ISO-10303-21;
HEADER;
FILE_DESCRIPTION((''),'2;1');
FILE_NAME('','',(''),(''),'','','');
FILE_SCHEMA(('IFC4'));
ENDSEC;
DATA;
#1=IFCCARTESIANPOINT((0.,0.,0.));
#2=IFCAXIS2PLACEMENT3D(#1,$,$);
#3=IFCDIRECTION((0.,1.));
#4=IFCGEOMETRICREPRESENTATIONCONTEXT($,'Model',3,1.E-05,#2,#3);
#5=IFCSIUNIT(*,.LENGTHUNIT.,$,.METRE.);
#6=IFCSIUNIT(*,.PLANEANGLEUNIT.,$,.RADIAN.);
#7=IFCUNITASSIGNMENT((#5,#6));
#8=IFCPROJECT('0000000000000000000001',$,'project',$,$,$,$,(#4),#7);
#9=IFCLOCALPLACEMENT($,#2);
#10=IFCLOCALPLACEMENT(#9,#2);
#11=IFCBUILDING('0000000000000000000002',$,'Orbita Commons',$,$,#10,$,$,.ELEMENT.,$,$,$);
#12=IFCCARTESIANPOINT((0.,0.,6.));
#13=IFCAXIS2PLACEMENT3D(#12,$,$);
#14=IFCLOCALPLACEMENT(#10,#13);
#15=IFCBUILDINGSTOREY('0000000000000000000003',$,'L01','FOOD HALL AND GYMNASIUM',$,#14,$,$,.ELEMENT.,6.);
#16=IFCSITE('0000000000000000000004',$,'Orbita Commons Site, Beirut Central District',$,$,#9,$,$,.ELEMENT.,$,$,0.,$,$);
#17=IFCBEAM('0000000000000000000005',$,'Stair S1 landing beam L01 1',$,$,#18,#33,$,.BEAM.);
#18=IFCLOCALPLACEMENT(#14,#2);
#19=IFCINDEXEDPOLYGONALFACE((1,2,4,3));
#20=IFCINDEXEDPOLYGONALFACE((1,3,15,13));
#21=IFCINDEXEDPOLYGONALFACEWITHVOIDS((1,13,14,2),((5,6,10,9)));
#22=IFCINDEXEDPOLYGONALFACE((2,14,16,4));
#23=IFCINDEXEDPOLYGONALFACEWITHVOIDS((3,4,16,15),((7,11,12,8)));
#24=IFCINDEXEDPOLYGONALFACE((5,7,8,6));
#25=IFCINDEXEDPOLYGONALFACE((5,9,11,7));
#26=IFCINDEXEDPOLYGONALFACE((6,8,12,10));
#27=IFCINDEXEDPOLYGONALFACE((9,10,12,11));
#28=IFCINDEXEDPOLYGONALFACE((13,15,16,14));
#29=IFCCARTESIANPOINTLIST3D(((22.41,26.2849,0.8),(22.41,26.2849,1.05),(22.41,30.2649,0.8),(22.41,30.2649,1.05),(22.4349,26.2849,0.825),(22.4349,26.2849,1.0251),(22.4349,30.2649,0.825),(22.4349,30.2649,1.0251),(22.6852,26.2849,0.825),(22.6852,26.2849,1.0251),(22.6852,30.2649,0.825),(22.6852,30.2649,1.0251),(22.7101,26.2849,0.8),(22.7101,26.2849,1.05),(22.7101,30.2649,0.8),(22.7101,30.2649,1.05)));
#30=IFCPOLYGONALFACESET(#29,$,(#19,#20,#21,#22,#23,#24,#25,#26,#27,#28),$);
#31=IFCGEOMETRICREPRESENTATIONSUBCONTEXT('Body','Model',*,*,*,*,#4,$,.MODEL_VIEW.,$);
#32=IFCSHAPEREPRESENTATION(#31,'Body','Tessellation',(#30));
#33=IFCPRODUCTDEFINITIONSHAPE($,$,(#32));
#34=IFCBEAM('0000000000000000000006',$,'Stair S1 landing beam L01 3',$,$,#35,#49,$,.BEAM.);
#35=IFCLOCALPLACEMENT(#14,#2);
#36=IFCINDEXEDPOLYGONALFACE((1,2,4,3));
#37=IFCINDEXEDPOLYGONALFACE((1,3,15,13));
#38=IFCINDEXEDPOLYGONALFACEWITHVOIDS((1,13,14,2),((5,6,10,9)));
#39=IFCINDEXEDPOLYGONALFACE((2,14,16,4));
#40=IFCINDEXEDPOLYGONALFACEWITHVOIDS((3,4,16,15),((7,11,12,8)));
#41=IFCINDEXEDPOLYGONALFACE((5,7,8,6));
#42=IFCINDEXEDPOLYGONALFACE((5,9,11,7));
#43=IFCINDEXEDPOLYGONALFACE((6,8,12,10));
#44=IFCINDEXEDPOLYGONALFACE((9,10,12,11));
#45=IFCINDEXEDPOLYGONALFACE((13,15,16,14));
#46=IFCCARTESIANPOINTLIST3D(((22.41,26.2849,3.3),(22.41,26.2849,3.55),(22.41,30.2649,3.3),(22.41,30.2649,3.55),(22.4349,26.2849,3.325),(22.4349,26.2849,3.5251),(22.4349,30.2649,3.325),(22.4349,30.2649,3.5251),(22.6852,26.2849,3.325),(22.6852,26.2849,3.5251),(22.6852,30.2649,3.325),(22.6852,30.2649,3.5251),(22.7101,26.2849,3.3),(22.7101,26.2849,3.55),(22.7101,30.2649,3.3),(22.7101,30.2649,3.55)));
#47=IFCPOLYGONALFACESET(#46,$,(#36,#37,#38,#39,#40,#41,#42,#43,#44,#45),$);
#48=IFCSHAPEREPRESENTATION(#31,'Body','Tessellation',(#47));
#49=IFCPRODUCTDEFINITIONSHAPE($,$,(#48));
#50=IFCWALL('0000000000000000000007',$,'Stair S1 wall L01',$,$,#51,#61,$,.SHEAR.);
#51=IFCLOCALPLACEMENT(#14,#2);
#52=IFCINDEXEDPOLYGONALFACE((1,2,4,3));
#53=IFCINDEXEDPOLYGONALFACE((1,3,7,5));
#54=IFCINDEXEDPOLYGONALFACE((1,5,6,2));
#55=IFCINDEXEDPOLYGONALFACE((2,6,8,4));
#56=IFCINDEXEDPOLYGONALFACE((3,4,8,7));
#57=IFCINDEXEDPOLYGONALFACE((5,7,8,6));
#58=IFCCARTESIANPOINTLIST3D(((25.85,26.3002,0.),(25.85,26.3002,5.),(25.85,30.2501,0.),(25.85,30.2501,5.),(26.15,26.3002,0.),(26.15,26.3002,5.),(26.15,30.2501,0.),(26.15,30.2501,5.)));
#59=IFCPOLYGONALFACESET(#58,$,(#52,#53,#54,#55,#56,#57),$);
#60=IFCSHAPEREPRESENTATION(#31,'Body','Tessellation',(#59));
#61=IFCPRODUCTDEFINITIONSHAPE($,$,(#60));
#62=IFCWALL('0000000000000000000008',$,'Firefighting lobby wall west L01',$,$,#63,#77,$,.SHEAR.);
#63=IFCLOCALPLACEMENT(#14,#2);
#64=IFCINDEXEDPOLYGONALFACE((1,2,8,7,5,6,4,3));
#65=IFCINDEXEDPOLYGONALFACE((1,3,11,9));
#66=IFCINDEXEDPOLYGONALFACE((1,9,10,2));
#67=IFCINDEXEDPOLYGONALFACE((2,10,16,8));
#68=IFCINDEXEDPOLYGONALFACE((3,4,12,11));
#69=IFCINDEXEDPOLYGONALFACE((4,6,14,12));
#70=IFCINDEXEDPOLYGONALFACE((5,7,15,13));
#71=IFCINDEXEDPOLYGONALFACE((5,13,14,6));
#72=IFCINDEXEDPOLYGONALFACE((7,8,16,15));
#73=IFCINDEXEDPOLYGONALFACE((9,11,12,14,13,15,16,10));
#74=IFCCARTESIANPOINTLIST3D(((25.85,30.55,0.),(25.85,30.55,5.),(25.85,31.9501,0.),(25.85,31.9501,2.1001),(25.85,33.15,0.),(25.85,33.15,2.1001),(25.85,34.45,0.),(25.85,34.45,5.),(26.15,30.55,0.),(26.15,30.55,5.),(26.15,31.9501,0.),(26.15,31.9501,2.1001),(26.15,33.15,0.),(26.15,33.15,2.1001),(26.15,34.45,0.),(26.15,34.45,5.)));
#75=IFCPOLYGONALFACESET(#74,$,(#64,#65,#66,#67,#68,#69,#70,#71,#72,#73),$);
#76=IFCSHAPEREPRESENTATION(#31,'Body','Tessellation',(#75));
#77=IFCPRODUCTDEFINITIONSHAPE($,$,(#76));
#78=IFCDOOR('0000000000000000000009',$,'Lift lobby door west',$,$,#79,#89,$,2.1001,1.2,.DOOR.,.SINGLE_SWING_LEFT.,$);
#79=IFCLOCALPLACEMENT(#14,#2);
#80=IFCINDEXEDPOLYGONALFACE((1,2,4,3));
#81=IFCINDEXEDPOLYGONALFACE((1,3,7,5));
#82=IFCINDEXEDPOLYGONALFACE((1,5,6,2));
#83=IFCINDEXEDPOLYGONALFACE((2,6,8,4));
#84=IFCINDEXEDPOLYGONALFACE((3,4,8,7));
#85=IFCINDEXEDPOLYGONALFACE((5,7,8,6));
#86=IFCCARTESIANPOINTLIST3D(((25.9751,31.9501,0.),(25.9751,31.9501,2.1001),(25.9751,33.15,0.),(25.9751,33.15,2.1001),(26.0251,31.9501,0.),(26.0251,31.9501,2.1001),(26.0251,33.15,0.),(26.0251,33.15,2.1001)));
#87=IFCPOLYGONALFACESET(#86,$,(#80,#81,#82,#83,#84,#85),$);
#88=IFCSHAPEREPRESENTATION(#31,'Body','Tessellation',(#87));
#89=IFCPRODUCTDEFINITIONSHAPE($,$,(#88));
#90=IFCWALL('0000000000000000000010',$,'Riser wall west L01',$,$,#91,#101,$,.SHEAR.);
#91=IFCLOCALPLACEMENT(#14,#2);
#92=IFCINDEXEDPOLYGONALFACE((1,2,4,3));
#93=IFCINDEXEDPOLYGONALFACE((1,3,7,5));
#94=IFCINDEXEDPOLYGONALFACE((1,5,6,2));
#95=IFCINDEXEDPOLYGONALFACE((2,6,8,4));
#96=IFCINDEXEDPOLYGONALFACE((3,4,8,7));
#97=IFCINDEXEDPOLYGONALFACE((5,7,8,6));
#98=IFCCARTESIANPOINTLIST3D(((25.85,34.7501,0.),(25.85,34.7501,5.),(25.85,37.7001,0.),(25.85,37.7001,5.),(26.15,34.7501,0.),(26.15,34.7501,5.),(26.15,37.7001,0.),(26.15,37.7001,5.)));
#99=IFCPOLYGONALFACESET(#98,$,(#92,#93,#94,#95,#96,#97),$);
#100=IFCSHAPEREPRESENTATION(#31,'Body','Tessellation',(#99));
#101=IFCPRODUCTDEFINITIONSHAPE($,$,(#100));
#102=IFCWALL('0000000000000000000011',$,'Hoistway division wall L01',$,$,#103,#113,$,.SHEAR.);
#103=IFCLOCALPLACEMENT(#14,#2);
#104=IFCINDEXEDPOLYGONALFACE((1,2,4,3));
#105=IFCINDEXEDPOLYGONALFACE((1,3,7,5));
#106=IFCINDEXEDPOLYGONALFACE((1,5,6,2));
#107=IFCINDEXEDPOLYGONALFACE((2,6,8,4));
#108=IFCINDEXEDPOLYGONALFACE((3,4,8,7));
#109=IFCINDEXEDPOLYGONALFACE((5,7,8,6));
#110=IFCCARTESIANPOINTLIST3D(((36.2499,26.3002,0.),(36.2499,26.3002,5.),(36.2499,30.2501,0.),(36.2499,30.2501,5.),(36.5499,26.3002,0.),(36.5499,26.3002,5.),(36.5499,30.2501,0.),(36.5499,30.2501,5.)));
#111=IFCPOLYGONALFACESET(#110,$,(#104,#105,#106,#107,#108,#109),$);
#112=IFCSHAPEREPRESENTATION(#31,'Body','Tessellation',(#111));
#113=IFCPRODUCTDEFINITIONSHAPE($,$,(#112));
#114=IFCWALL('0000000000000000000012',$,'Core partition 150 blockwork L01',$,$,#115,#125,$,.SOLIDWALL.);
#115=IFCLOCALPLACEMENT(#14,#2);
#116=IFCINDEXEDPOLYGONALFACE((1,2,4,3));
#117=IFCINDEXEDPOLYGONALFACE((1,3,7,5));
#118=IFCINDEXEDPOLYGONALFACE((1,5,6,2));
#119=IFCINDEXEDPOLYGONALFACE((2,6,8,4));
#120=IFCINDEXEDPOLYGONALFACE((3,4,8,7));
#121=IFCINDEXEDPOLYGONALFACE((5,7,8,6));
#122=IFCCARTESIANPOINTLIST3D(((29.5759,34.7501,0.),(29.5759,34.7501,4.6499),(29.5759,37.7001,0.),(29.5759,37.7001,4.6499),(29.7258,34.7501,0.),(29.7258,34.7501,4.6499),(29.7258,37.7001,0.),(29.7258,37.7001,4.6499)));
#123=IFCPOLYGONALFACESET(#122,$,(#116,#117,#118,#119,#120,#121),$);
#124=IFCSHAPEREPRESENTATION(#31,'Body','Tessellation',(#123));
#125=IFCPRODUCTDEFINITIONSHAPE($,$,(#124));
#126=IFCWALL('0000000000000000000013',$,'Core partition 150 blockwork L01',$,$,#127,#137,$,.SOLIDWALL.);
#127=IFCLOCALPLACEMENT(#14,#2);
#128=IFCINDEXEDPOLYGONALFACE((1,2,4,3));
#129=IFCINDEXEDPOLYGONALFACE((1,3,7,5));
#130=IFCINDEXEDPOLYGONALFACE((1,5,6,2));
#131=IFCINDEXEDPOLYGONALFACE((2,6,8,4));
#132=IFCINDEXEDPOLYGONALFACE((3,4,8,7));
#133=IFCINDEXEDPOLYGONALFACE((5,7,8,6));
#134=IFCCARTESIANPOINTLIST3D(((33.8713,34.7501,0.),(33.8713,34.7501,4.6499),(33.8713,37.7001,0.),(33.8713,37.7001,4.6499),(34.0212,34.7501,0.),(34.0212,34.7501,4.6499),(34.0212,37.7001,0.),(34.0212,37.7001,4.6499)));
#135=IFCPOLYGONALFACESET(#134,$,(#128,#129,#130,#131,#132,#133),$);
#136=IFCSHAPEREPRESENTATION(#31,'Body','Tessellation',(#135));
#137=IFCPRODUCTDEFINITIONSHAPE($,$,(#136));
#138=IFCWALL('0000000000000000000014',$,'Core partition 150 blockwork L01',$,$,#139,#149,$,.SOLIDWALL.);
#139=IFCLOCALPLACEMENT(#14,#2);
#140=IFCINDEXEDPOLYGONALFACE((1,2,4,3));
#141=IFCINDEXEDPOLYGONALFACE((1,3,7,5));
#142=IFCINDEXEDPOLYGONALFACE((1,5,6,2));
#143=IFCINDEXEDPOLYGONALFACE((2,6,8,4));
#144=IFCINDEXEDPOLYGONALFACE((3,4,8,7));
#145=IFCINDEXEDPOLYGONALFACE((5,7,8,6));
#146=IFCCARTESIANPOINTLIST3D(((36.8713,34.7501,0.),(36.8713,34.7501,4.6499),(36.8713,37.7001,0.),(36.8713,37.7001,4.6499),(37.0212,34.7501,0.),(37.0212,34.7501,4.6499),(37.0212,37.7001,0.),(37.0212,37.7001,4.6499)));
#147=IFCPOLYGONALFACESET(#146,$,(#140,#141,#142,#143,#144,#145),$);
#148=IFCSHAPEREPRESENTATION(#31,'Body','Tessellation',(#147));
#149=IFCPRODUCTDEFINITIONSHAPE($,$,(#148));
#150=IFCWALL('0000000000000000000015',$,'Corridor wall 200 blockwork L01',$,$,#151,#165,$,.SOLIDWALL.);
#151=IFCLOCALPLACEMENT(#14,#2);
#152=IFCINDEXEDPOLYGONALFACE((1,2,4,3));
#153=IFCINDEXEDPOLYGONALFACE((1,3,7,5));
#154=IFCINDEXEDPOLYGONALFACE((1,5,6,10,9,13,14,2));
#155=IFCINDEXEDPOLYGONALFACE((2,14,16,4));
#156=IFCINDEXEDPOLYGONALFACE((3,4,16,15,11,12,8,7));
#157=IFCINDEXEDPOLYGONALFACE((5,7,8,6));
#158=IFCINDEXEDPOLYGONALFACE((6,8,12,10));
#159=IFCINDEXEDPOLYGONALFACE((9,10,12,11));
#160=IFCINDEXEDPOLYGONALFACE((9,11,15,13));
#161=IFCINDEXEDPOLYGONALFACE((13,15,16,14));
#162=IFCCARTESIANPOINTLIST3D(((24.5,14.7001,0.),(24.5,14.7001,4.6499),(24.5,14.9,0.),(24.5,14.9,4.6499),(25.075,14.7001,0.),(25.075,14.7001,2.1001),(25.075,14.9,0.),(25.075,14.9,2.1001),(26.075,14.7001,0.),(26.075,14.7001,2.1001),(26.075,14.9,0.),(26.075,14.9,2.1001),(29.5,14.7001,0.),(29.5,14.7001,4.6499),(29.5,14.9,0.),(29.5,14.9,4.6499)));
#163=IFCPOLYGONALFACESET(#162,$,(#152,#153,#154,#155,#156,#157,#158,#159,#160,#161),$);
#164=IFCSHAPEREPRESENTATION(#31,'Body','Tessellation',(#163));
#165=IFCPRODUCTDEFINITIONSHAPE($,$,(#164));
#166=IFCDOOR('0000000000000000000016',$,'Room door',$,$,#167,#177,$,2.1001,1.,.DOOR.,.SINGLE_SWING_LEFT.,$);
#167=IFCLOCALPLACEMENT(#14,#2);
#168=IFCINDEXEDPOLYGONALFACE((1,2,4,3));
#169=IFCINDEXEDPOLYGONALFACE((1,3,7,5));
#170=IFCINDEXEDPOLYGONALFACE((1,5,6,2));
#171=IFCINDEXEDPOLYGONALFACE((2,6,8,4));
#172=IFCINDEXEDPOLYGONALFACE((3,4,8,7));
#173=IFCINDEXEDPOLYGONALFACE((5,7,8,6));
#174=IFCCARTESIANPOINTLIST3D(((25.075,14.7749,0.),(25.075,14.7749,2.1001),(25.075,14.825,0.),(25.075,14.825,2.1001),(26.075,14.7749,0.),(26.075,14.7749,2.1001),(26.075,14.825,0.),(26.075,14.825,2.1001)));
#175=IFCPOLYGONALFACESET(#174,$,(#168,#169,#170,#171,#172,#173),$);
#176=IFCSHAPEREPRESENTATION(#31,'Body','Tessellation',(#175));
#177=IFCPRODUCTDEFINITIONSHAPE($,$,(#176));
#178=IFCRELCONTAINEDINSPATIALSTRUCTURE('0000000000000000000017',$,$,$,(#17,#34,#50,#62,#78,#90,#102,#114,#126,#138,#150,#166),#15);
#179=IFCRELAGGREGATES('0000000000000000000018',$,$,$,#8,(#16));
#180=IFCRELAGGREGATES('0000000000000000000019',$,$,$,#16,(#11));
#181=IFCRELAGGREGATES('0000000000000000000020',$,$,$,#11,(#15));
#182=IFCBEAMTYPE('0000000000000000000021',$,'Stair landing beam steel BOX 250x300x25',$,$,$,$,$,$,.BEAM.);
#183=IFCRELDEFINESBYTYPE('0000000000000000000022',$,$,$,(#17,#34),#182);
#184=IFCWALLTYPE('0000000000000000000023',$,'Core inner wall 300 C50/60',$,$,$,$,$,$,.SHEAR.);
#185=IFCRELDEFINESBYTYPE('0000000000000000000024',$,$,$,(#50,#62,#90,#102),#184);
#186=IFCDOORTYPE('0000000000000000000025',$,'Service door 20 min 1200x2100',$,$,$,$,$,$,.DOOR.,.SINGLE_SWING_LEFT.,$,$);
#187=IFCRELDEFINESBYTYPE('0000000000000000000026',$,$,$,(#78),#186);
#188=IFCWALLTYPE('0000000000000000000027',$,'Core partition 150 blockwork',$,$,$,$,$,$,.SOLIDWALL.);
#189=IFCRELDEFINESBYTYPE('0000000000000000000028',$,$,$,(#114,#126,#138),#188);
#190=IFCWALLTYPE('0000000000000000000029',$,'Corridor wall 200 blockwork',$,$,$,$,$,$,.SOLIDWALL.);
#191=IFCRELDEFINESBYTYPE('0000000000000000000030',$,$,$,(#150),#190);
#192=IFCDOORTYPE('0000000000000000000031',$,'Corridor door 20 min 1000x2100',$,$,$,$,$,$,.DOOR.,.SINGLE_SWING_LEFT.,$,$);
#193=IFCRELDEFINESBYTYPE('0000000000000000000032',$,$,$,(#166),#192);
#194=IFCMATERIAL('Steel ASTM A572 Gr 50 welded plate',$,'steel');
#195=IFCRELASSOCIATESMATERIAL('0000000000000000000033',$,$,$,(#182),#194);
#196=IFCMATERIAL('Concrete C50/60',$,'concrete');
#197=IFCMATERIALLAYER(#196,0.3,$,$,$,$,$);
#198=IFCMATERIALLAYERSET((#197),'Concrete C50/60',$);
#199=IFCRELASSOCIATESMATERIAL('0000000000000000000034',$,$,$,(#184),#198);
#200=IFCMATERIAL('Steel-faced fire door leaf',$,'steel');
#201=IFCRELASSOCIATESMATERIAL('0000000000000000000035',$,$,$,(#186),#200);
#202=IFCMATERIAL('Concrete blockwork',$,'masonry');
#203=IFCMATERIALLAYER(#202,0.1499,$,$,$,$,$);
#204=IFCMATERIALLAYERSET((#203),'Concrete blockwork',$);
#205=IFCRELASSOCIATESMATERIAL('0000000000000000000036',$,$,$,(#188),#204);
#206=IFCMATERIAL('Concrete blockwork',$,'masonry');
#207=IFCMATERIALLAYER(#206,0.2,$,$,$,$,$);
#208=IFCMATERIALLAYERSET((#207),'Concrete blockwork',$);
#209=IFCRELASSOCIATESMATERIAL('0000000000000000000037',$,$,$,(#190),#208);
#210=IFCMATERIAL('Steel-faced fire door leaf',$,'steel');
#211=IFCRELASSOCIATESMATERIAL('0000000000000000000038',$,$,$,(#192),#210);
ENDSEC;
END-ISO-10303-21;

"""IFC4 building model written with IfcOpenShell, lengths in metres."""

from ifc_helpers import new_model, si_unit, direction, frame, frame_2d, origin, origin_2d, place, context, subcontext, project, spatial, rectangle, hollow_rectangle, extrude, material, layer, layer_set, material_profile, profile_set, type_object, element, fill, save


model = new_model("IFC4")

# Units and contexts
model_context = context("Model", 3, precision=1e-05, world=origin(), true_north=direction((0.0, 1.0)))
body_context = subcontext(model_context, "Body", "Model", "MODEL_VIEW")
ifc_project = project(units=[si_unit("LENGTHUNIT", "METRE"), si_unit("PLANEANGLEUNIT", "RADIAN")], contexts=[model_context])

# Site, building, storey
site_placement = place(None, origin())
site = spatial("IfcSite", under=ifc_project, at=site_placement, Name="Orbita Commons Site, Beirut Central District", CompositionType="ELEMENT", RefElevation=0.0)
building_placement = place(site_placement, origin())
building = spatial("IfcBuilding", under=site, at=building_placement, Name="Orbita Commons", CompositionType="ELEMENT")
storey_placement = place(building_placement, frame((0.0, 0.0, 6.0)))
storey = spatial("IfcBuildingStorey", under=building, at=storey_placement, Name="L01", Description="FOOD HALL AND GYMNASIUM", CompositionType="ELEMENT", Elevation=6.0)

# Beams
ifc_material_1 = material(Name="Steel ASTM A572 Gr 50 welded plate", Category="steel")
ifc_material_profile = material_profile(ifc_material_1, hollow_rectangle(XDim=0.3, YDim=0.25, WallThickness=0.0249, at=origin_2d()), Name="BOX 250x300x25")
ifc_profile_set = profile_set([ifc_material_profile], Name="Steel ASTM A572 Gr 50 welded plate")
beam_type = type_object("IfcBeamType", Name="Stair landing beam steel BOX 250x300x25", PredefinedType="BEAM", material=ifc_profile_set)
for number, where, z_axis, x_axis, name in (
    (1, (22.5601, 26.2849, 0.925), (0.0, 1.0, 0.0), (-1.0, 0.0, 0.0), "Stair S1 landing beam L01 1"),
    (2, (22.5601, 26.2849, 3.425), (0.0, 1.0, 0.0), (-1.0, 0.0, 0.0), "Stair S1 landing beam L01 3"),
):
    element("IfcBeam", number, at=place(storey_placement, frame(where, z_axis=z_axis, x_axis=x_axis)), inside=storey, type_object=beam_type, Name=name, PredefinedType="BEAM", context=body_context, shape_type="SweptSolid", body=[
        extrude(hollow_rectangle(XDim=0.3, YDim=0.25, WallThickness=0.0249, at=origin_2d()), origin(), (0.0, 0.0, 1.0), 3.98),
    ])

# Wall
ifc_material_2 = material(Name="Concrete C50/60", Category="concrete")
ifc_layer_1 = layer(ifc_material_2, 0.3)
ifc_layer_set_1 = layer_set([ifc_layer_1], Name="Concrete C50/60")
wall_type_1 = type_object("IfcWallType", Name="Core inner wall 300 C50/60", PredefinedType="SHEAR", material=ifc_layer_set_1)
wall_1_placement = place(storey_placement, frame((26.0, 26.3, 0.0), z_axis=(0.0, 0.0, 1.0), x_axis=(0.0, 1.0, 0.0)))
element("IfcWall", 3, at=wall_1_placement, inside=storey, type_object=wall_type_1, Name="Stair S1 wall L01", PredefinedType="SHEAR", context=body_context, shape_type="SweptSolid", body=[
    extrude(rectangle(XDim=3.95, YDim=0.3, at=frame_2d((1.9751, 0.0))), origin(), (0.0, 0.0, 1.0), 5.0),
])

# Wall, opening, door
wall_2_placement = place(storey_placement, frame((26.0, 30.55, 0.0), z_axis=(0.0, 0.0, 1.0), x_axis=(0.0, 1.0, 0.0)))
wall_2 = element("IfcWall", 4, at=wall_2_placement, inside=storey, type_object=wall_type_1, Name="Firefighting lobby wall west L01", PredefinedType="SHEAR", context=body_context, shape_type="SweptSolid", body=[
    extrude(rectangle(XDim=3.8999, YDim=0.3, at=frame_2d((1.95, 0.0))), origin(), (0.0, 0.0, 1.0), 5.0),
])
opening_1_placement = place(wall_2_placement, frame((1.3999, 0.0, 0.0)))
opening_1 = element("IfcOpeningElement", 5, at=opening_1_placement, cuts=wall_2, PredefinedType="OPENING", context=body_context, shape_type="SweptSolid", body=[
    extrude(rectangle(XDim=1.2, YDim=2.1001, at=frame_2d((0.6001, 1.05))), frame((0.0, 0.1599, 0.0), z_axis=(0.0, -1.0, 0.0), x_axis=(1.0, 0.0, 0.0)), (0.0, 0.0, 1.0), 0.3201),
])
ifc_material_3 = material(Name="Steel-faced fire door leaf", Category="steel")
door_type_1 = type_object("IfcDoorType", Name="Service door 20 min 1200x2100", OperationType="SINGLE_SWING_LEFT", PredefinedType="DOOR", material=ifc_material_3)
door_1_placement = place(opening_1_placement, origin())
door_1 = element("IfcDoor", 6, at=door_1_placement, inside=storey, type_object=door_type_1, Name="Lift lobby door west", OperationType="SINGLE_SWING_LEFT", OverallHeight=2.1001, OverallWidth=1.2, PredefinedType="DOOR", context=body_context, shape_type="SweptSolid", body=[
    extrude(rectangle(XDim=1.2, YDim=2.1001, at=frame_2d((0.6001, 1.05))), frame((0.0, 0.0249, 0.0), z_axis=(0.0, -1.0, 0.0), x_axis=(1.0, 0.0, 0.0)), (0.0, 0.0, 1.0), 0.05),
])
fill(opening_1, door_1)

# Walls
wall_3_placement = place(storey_placement, frame((26.0, 34.75, 0.0), z_axis=(0.0, 0.0, 1.0), x_axis=(0.0, 1.0, 0.0)))
element("IfcWall", 7, at=wall_3_placement, inside=storey, type_object=wall_type_1, Name="Riser wall west L01", PredefinedType="SHEAR", context=body_context, shape_type="SweptSolid", body=[
    extrude(rectangle(XDim=2.95, YDim=0.3, at=frame_2d((1.4751, 0.0))), origin(), (0.0, 0.0, 1.0), 5.0),
])
wall_4_placement = place(storey_placement, frame((36.3999, 26.3, 0.0), z_axis=(0.0, 0.0, 1.0), x_axis=(0.0, 1.0, 0.0)))
element("IfcWall", 8, at=wall_4_placement, inside=storey, type_object=wall_type_1, Name="Hoistway division wall L01", PredefinedType="SHEAR", context=body_context, shape_type="SweptSolid", body=[
    extrude(rectangle(XDim=3.95, YDim=0.3, at=frame_2d((1.9751, 0.0))), origin(), (0.0, 0.0, 1.0), 5.0),
])
ifc_material_4 = material(Name="Concrete blockwork", Category="masonry")
ifc_layer_2 = layer(ifc_material_4, 0.1499)
ifc_layer_set_2 = layer_set([ifc_layer_2], Name="Concrete blockwork")
wall_type_2 = type_object("IfcWallType", Name="Core partition 150 blockwork", PredefinedType="SOLIDWALL", material=ifc_layer_set_2)
for number, where, z_axis, x_axis, name in (
    (9, (29.6509, 34.75, 0.0), (0.0, 0.0, 1.0), (0.0, 1.0, 0.0), "Core partition 150 blockwork L01"),
    (10, (33.9463, 34.75, 0.0), (0.0, 0.0, 1.0), (0.0, 1.0, 0.0), "Core partition 150 blockwork L01"),
    (11, (36.9463, 34.75, 0.0), (0.0, 0.0, 1.0), (0.0, 1.0, 0.0), "Core partition 150 blockwork L01"),
):
    element("IfcWall", number, at=place(storey_placement, frame(where, z_axis=z_axis, x_axis=x_axis)), inside=storey, type_object=wall_type_2, Name=name, PredefinedType="SOLIDWALL", context=body_context, shape_type="SweptSolid", body=[
        extrude(rectangle(XDim=2.95, YDim=0.1499, at=frame_2d((1.4751, 0.0))), origin(), (0.0, 0.0, 1.0), 4.6499),
    ])

# Wall, opening, door
ifc_material_5 = material(Name="Concrete blockwork", Category="masonry")
ifc_layer_3 = layer(ifc_material_5, 0.2)
ifc_layer_set_3 = layer_set([ifc_layer_3], Name="Concrete blockwork")
wall_type_3 = type_object("IfcWallType", Name="Corridor wall 200 blockwork", PredefinedType="SOLIDWALL", material=ifc_layer_set_3)
wall_5_placement = place(storey_placement, frame((24.5, 14.8, 0.0), z_axis=(0.0, 0.0, 1.0), x_axis=(1.0, 0.0, 0.0)))
wall_5 = element("IfcWall", 12, at=wall_5_placement, inside=storey, type_object=wall_type_3, Name="Corridor wall 200 blockwork L01", PredefinedType="SOLIDWALL", context=body_context, shape_type="SweptSolid", body=[
    extrude(rectangle(XDim=5.0, YDim=0.2, at=frame_2d((2.5, 0.0))), origin(), (0.0, 0.0, 1.0), 4.6499),
])
opening_2_placement = place(wall_5_placement, frame((0.575, 0.0, 0.0)))
opening_2 = element("IfcOpeningElement", 13, at=opening_2_placement, cuts=wall_5, PredefinedType="OPENING", context=body_context, shape_type="SweptSolid", body=[
    extrude(rectangle(XDim=1.0, YDim=2.1001, at=frame_2d((0.5, 1.05))), frame((0.0, 0.1099, 0.0), z_axis=(0.0, -1.0, 0.0), x_axis=(1.0, 0.0, 0.0)), (0.0, 0.0, 1.0), 0.22),
])
ifc_material_6 = material(Name="Steel-faced fire door leaf", Category="steel")
door_type_2 = type_object("IfcDoorType", Name="Corridor door 20 min 1000x2100", OperationType="SINGLE_SWING_LEFT", PredefinedType="DOOR", material=ifc_material_6)
door_2_placement = place(opening_2_placement, origin())
door_2 = element("IfcDoor", 14, at=door_2_placement, inside=storey, type_object=door_type_2, Name="Room door", OperationType="SINGLE_SWING_LEFT", OverallHeight=2.1001, OverallWidth=1.0, PredefinedType="DOOR", context=body_context, shape_type="SweptSolid", body=[
    extrude(rectangle(XDim=1.0, YDim=2.1001, at=frame_2d((0.5, 1.05))), frame((0.0, 0.0249, 0.0), z_axis=(0.0, -1.0, 0.0), x_axis=(1.0, 0.0, 0.0)), (0.0, 0.0, 1.0), 0.05),
])
fill(opening_2, door_2)

save(model, "model.ifc")
